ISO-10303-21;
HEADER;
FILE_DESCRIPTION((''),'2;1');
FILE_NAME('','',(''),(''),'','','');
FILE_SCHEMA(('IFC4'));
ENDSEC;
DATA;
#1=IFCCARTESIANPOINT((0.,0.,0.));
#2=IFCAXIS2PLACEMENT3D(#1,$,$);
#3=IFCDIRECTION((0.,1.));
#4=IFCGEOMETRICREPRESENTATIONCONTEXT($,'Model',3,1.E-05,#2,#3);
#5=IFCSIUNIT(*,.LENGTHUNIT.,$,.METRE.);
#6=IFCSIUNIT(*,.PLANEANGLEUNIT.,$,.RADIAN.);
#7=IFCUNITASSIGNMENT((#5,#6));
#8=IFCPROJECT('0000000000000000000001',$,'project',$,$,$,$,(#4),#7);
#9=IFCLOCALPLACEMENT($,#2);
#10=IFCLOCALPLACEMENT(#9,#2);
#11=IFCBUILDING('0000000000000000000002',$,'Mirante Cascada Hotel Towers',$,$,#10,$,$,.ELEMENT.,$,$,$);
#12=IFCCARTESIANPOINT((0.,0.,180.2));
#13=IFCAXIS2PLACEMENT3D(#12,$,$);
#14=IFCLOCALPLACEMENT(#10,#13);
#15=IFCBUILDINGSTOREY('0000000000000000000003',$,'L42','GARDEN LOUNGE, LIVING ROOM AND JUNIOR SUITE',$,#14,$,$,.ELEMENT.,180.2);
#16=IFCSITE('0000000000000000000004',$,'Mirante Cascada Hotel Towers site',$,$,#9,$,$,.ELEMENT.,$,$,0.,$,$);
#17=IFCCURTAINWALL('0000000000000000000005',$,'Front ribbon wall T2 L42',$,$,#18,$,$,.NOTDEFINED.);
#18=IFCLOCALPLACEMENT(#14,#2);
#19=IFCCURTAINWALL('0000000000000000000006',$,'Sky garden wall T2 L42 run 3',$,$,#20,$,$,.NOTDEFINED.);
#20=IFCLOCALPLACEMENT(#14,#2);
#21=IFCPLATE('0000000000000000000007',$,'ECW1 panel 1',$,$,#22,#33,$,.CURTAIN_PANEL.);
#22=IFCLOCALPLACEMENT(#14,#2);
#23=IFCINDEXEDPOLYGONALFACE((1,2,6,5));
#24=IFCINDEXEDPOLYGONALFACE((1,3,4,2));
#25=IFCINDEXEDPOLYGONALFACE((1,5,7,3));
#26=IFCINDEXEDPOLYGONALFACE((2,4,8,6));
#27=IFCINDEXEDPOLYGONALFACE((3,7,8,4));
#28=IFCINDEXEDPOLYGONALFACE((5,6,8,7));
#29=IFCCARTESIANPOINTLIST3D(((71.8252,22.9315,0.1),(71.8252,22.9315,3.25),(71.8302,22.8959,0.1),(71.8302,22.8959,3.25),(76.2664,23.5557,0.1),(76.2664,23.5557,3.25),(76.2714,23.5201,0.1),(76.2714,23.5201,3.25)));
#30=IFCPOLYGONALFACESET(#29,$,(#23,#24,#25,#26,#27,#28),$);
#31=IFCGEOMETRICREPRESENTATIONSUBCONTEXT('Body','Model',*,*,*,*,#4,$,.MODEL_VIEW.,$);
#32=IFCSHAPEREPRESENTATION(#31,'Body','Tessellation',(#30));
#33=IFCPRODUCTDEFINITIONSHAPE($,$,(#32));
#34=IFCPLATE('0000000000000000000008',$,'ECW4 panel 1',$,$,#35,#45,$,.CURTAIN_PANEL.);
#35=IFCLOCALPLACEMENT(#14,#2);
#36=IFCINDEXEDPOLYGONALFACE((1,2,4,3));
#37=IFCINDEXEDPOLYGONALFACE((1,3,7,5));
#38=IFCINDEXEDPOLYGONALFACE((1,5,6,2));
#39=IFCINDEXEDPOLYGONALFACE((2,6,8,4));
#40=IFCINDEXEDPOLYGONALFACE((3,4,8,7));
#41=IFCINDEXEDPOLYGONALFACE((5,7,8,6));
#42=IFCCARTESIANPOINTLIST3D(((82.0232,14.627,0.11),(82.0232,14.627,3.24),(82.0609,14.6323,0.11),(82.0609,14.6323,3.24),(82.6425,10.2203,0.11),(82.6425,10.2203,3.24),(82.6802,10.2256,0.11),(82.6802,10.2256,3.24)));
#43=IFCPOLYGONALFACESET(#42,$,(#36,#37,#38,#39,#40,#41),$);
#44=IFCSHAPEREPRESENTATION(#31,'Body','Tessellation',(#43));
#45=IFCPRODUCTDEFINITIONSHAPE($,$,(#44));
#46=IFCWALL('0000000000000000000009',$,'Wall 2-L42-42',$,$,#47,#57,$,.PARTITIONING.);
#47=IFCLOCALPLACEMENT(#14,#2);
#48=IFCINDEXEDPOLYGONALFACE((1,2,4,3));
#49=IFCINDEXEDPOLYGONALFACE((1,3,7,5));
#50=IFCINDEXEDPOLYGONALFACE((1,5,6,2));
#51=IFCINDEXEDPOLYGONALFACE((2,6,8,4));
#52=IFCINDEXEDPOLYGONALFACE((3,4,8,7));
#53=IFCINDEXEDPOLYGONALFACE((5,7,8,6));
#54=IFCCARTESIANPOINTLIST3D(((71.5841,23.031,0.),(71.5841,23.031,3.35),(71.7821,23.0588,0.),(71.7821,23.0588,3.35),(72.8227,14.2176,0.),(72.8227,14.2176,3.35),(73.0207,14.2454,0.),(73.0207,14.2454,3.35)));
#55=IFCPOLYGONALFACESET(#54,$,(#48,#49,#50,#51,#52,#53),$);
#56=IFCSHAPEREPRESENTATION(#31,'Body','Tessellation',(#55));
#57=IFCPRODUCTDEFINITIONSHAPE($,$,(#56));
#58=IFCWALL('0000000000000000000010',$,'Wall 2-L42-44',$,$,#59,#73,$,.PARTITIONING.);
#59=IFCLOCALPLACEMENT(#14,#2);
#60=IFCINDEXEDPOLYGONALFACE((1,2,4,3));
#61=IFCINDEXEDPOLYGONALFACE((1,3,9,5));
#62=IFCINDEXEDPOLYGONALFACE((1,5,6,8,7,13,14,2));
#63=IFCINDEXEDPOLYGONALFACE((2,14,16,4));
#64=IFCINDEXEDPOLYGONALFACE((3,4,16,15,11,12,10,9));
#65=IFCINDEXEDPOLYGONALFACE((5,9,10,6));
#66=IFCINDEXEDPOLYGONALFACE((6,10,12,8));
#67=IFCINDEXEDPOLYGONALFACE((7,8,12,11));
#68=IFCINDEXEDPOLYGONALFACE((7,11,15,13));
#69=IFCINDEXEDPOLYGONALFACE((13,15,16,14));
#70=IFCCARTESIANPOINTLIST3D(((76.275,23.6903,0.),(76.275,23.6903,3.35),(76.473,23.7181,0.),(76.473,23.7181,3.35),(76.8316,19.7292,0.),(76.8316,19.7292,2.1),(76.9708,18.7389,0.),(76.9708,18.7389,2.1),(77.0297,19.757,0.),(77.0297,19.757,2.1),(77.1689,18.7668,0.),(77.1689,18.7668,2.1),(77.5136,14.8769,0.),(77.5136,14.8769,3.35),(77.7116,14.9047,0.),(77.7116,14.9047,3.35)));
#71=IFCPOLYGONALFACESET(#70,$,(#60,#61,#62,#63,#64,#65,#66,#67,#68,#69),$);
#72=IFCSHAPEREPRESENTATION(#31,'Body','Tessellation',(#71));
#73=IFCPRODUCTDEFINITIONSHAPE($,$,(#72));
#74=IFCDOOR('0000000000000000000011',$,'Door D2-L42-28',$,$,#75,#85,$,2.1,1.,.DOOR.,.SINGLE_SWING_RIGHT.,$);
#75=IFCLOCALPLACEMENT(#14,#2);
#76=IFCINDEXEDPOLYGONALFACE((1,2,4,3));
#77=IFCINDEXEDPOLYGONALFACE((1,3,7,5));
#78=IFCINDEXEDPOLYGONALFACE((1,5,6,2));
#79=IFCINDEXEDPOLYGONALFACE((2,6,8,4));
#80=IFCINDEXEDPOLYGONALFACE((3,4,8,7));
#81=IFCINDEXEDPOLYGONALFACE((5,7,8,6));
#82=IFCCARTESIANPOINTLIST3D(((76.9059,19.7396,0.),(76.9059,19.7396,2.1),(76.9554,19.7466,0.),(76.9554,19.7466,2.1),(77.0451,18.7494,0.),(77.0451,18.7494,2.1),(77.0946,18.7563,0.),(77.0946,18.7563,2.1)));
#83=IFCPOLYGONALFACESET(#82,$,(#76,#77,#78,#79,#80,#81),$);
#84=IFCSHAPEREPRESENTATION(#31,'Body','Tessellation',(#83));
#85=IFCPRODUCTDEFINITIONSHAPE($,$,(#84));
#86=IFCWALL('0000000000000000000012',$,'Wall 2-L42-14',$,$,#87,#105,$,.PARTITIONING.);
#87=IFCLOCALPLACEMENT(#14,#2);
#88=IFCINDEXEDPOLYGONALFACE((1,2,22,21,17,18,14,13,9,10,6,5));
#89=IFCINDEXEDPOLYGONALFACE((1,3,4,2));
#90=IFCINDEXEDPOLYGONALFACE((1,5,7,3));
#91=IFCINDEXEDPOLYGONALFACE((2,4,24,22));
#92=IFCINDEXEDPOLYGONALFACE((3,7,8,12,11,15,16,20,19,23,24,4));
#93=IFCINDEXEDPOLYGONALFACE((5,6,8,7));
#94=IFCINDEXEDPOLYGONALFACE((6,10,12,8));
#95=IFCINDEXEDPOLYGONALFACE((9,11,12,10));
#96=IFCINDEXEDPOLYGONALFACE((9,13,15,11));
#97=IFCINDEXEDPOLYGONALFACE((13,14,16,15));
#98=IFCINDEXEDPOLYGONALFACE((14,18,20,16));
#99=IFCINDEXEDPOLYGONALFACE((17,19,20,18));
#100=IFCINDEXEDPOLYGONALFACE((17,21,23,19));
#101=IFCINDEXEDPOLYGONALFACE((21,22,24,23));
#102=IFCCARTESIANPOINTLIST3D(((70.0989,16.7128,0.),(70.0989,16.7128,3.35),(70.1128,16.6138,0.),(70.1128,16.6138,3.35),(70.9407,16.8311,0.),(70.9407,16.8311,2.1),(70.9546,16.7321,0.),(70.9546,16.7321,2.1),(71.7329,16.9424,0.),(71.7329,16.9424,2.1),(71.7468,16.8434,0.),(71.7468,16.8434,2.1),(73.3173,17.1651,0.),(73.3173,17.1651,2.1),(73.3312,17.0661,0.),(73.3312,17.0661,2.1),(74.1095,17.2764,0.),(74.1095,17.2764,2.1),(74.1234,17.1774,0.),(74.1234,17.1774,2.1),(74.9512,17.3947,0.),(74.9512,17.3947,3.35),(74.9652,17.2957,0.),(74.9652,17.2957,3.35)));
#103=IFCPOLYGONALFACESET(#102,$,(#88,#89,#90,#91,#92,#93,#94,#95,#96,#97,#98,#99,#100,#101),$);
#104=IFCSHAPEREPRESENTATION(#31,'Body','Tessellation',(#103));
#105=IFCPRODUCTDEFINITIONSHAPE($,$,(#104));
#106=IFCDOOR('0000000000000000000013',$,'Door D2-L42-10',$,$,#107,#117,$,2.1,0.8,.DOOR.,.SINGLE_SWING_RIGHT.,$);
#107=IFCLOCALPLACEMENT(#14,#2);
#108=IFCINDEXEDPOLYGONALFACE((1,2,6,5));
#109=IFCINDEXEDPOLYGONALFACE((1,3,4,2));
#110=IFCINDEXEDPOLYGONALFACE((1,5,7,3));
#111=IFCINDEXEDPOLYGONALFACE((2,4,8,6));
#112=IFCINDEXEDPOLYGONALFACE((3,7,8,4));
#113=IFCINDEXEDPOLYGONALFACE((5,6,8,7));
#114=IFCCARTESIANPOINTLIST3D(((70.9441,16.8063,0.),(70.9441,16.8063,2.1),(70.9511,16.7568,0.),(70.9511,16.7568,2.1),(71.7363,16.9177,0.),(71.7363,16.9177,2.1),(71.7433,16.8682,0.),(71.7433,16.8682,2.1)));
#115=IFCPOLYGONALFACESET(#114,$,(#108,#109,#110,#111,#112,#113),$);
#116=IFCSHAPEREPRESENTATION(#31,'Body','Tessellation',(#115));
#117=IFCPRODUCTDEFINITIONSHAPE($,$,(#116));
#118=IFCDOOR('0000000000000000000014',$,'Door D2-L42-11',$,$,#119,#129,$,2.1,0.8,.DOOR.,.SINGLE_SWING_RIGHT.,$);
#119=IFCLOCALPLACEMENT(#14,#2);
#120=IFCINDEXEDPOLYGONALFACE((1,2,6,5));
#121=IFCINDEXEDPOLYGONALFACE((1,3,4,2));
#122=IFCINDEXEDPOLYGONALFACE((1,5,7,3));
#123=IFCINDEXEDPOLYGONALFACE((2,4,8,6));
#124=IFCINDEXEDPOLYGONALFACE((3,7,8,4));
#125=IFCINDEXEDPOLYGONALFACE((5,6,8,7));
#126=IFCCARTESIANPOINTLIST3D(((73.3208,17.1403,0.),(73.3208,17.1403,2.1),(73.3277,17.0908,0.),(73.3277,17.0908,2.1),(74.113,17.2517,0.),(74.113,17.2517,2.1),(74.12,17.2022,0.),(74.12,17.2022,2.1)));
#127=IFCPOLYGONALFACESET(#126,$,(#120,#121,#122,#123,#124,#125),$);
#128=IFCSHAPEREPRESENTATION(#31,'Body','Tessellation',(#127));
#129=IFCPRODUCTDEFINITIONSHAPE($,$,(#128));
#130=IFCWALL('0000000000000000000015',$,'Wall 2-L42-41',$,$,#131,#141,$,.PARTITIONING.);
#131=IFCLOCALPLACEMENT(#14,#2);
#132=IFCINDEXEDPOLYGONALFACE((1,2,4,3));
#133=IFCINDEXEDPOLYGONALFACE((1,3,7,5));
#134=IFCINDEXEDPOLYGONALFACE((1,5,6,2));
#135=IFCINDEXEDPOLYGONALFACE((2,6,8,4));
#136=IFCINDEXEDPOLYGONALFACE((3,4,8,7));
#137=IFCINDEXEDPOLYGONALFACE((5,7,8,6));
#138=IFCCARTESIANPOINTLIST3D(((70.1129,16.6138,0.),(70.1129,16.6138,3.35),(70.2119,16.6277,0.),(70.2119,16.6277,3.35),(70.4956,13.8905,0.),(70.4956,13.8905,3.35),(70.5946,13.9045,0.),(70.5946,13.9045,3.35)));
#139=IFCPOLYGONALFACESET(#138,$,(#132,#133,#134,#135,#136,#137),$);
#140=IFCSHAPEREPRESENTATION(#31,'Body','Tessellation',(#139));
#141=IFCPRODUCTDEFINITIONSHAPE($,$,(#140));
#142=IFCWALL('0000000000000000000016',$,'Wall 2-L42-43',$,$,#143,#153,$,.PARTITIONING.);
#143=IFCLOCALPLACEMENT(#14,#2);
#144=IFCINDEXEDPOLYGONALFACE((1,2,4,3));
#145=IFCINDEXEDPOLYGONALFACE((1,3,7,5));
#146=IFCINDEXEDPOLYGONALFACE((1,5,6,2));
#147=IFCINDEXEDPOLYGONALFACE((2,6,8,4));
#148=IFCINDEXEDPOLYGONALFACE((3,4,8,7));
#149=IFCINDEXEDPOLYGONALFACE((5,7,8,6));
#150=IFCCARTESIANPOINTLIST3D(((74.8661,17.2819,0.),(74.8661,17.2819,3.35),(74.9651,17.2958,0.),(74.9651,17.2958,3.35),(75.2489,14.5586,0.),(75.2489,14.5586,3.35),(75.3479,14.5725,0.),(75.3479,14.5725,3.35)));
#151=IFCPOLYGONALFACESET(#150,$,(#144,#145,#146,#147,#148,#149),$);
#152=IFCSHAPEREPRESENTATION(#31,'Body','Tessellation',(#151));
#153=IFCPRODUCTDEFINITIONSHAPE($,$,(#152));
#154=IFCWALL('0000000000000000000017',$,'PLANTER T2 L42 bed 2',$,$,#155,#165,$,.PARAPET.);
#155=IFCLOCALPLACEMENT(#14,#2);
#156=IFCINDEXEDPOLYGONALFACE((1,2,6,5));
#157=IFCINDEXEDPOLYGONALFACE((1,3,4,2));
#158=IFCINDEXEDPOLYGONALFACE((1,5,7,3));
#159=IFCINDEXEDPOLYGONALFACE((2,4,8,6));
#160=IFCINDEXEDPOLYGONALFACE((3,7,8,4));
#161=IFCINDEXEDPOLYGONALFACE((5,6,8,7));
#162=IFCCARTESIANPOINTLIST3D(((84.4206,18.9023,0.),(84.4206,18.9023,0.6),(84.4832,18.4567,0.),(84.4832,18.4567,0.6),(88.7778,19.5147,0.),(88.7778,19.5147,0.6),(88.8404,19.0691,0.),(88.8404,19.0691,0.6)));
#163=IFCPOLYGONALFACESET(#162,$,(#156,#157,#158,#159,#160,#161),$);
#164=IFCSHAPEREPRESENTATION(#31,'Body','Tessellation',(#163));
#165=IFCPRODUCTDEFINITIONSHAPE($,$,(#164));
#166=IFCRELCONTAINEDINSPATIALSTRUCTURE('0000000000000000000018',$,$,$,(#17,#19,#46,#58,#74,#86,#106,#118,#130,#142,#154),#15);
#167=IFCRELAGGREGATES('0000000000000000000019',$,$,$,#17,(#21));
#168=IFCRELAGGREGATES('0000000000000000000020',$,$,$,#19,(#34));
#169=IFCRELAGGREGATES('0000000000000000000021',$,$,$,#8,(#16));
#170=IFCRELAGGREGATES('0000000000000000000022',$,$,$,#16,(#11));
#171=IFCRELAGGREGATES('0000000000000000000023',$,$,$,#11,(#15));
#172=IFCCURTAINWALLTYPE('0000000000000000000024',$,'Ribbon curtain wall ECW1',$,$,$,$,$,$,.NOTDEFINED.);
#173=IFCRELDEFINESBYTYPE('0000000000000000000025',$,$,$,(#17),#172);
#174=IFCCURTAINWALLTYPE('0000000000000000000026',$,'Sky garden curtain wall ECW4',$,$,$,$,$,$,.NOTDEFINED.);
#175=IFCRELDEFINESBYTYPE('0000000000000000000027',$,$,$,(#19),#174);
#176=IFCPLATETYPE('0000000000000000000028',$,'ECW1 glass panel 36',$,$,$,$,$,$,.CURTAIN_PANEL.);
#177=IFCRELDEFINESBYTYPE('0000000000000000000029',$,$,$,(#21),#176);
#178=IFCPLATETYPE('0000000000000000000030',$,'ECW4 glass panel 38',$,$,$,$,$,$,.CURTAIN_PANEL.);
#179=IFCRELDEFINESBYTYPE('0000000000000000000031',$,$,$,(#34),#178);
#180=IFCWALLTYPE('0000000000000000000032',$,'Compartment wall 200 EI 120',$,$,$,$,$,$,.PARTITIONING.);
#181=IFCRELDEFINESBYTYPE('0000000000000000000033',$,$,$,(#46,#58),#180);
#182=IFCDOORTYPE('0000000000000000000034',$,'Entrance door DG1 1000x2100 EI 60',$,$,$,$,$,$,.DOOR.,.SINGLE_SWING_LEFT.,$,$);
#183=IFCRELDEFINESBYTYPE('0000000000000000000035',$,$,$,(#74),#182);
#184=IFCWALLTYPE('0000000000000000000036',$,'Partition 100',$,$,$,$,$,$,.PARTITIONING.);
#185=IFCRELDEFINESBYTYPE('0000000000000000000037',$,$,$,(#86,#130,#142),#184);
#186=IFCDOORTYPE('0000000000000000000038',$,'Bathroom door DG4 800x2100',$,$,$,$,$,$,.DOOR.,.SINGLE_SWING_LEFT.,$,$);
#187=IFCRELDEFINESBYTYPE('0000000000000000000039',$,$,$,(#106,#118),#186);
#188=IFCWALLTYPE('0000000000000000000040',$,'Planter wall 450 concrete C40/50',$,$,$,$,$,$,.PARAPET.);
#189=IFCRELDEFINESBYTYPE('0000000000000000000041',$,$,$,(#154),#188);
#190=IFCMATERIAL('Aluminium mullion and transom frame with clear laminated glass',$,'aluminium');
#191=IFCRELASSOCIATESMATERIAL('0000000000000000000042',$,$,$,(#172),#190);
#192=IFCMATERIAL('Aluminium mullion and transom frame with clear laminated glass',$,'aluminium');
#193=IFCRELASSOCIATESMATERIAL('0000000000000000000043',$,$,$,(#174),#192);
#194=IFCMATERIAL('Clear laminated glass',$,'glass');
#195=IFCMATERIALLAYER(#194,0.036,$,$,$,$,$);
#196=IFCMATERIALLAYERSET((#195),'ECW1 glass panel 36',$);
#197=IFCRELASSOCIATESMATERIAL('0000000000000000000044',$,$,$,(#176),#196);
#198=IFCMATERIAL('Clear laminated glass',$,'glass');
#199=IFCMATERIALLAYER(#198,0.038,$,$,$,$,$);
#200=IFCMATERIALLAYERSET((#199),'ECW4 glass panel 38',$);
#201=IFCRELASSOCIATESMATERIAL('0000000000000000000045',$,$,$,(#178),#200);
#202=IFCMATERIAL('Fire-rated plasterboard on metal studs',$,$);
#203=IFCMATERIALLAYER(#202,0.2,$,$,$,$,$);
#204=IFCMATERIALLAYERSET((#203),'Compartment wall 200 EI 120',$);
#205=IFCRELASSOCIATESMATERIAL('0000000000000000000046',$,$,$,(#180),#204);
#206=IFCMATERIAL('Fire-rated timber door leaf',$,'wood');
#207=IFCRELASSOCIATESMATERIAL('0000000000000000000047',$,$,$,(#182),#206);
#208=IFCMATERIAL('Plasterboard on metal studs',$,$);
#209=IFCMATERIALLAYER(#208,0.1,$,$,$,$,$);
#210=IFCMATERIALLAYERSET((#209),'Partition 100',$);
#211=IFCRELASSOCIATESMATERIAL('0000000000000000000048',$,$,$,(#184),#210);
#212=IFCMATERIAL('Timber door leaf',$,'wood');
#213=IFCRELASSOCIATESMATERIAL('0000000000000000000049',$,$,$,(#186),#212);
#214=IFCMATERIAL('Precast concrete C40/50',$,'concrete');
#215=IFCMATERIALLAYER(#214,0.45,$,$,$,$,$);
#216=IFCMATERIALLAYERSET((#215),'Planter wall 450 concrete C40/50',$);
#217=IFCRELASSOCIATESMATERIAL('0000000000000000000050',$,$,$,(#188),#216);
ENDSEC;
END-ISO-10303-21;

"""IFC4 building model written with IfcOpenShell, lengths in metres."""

from ifc_helpers import new_model, si_unit, direction, frame, frame_2d, origin, origin_2d, place, context, subcontext, project, spatial, rectangle, extrude, material, layer, layer_set, type_object, element, fill, aggregate, save


model = new_model("IFC4")

# Units and contexts
model_context = context("Model", 3, precision=1e-05, world=origin(), true_north=direction((0.0, 1.0)))
body_context = subcontext(model_context, "Body", "Model", "MODEL_VIEW")
ifc_project = project(units=[si_unit("LENGTHUNIT", "METRE"), si_unit("PLANEANGLEUNIT", "RADIAN")], contexts=[model_context])

# Site, building, storey
site_placement = place(None, origin())
site = spatial("IfcSite", under=ifc_project, at=site_placement, Name="Mirante Cascada Hotel Towers site", CompositionType="ELEMENT", RefElevation=0.0)
building_placement = place(site_placement, origin())
building = spatial("IfcBuilding", under=site, at=building_placement, Name="Mirante Cascada Hotel Towers", CompositionType="ELEMENT")
storey_placement = place(building_placement, frame((0.0, 0.0, 180.2)))
storey = spatial("IfcBuildingStorey", under=building, at=storey_placement, Name="L42", Description="GARDEN LOUNGE, LIVING ROOM AND JUNIOR SUITE", CompositionType="ELEMENT", Elevation=180.2)

# Curtain walls
ifc_material_1 = material(Name="Aluminium mullion and transom frame with clear laminated glass", Category="aluminium")
curtain_wall_type_1 = type_object("IfcCurtainWallType", Name="Ribbon curtain wall ECW1", PredefinedType="NOTDEFINED", material=ifc_material_1)
curtain_wall_1_placement = place(storey_placement, origin())
curtain_wall_1 = element("IfcCurtainWall", 1, at=curtain_wall_1_placement, inside=storey, type_object=curtain_wall_type_1, Name="Front ribbon wall T2 L42", PredefinedType="NOTDEFINED")
ifc_material_2 = material(Name="Aluminium mullion and transom frame with clear laminated glass", Category="aluminium")
curtain_wall_type_2 = type_object("IfcCurtainWallType", Name="Sky garden curtain wall ECW4", PredefinedType="NOTDEFINED", material=ifc_material_2)
curtain_wall_2_placement = place(storey_placement, origin())
curtain_wall_2 = element("IfcCurtainWall", 2, at=curtain_wall_2_placement, inside=storey, type_object=curtain_wall_type_2, Name="Sky garden wall T2 L42 run 3", PredefinedType="NOTDEFINED")

# Plates
ifc_material_3 = material(Name="Clear laminated glass", Category="glass")
ifc_layer_1 = layer(ifc_material_3, 0.036)
ifc_layer_set_1 = layer_set([ifc_layer_1], Name="ECW1 glass panel 36")
plate_type_1 = type_object("IfcPlateType", Name="ECW1 glass panel 36", PredefinedType="CURTAIN_PANEL", material=ifc_layer_set_1)
plate_1_placement = place(storey_placement, frame((74.0483, 23.2258, 0.1), z_axis=(0.0, 0.0, 1.0), x_axis=(-0.990268, -0.139173, 0.0)))
plate_1 = element("IfcPlate", 3, at=plate_1_placement, type_object=plate_type_1, Name="ECW1 panel 1", PredefinedType="CURTAIN_PANEL", context=body_context, shape_type="SweptSolid", body=[
    extrude(rectangle(XDim=4.4849, YDim=0.036, at=origin_2d()), origin(), (0.0, 0.0, 1.0), 3.15),
])
aggregate(curtain_wall_1, [plate_1])
ifc_material_4 = material(Name="Clear laminated glass", Category="glass")
ifc_layer_2 = layer(ifc_material_4, 0.038)
ifc_layer_set_2 = layer_set([ifc_layer_2], Name="ECW4 glass panel 38")
plate_type_2 = type_object("IfcPlateType", Name="ECW4 glass panel 38", PredefinedType="CURTAIN_PANEL", material=ifc_layer_set_2)
plate_2_placement = place(storey_placement, frame((82.3517, 12.4263, 0.11), z_axis=(0.0, 0.0, 1.0), x_axis=(-0.139173, 0.990268, 0.0)))
plate_2 = element("IfcPlate", 4, at=plate_2_placement, type_object=plate_type_2, Name="ECW4 panel 1", PredefinedType="CURTAIN_PANEL", context=body_context, shape_type="SweptSolid", body=[
    extrude(rectangle(XDim=4.45, YDim=0.038, at=origin_2d()), origin(), (0.0, 0.0, 1.0), 3.13),
])
aggregate(curtain_wall_2, [plate_2])

# Wall
ifc_material_5 = material(Name="Fire-rated plasterboard on metal studs")
ifc_layer_3 = layer(ifc_material_5, 0.2)
ifc_layer_set_3 = layer_set([ifc_layer_3], Name="Compartment wall 200 EI 120")
wall_type_1 = type_object("IfcWallType", Name="Compartment wall 200 EI 120", PredefinedType="PARTITIONING", material=ifc_layer_set_3)
wall_1_placement = place(storey_placement, frame((71.6831, 23.0449, 0.0), z_axis=(0.0, 0.0, 1.0), x_axis=(0.139168, -0.990269, 0.0)))
element("IfcWall", 5, at=wall_1_placement, inside=storey, type_object=wall_type_1, Name="Wall 2-L42-42", PredefinedType="PARTITIONING", context=body_context, shape_type="SweptSolid", body=[
    extrude(rectangle(XDim=8.9, YDim=0.2, at=frame_2d((4.45, 0.0))), origin(), (0.0, 0.0, 1.0), 3.35),
])

# Wall, opening, door
wall_2_placement = place(storey_placement, frame((76.374, 23.7042, 0.0), z_axis=(0.0, 0.0, 1.0), x_axis=(0.139168, -0.990269, 0.0)))
wall_2 = element("IfcWall", 6, at=wall_2_placement, inside=storey, type_object=wall_type_1, Name="Wall 2-L42-44", PredefinedType="PARTITIONING", context=body_context, shape_type="SweptSolid", body=[
    extrude(rectangle(XDim=8.9, YDim=0.2, at=frame_2d((4.45, 0.0))), origin(), (0.0, 0.0, 1.0), 3.35),
])
opening_1_placement = place(wall_2_placement, frame((4.0, 0.0, 0.0)))
opening_1 = element("IfcOpeningElement", 7, at=opening_1_placement, cuts=wall_2, PredefinedType="OPENING", context=body_context, shape_type="SweptSolid", body=[
    extrude(rectangle(XDim=1.0, YDim=2.1, at=frame_2d((0.5, 1.05))), frame((0.0, 0.1, 0.0), z_axis=(0.0, -1.0, 0.0), x_axis=(1.0, 0.0, 0.0)), (0.0, 0.0, 1.0), 0.2),
])
ifc_material_6 = material(Name="Fire-rated timber door leaf", Category="wood")
door_type_1 = type_object("IfcDoorType", Name="Entrance door DG1 1000x2100 EI 60", OperationType="SINGLE_SWING_LEFT", PredefinedType="DOOR", material=ifc_material_6)
door_1_placement = place(opening_1_placement, frame((1.0, 0.0, 0.0), z_axis=(0.0, 0.0, 1.0), x_axis=(-1.0, 0.0, 0.0)))
door_1 = element("IfcDoor", 8, at=door_1_placement, inside=storey, type_object=door_type_1, Name="Door D2-L42-28", OperationType="SINGLE_SWING_RIGHT", OverallHeight=2.1, OverallWidth=1.0, PredefinedType="DOOR", context=body_context, shape_type="SweptSolid", body=[
    extrude(rectangle(XDim=1.0, YDim=2.1, at=frame_2d((0.5, 1.05))), frame((0.0, 0.025, 0.0), z_axis=(0.0, -1.0, 0.0), x_axis=(1.0, 0.0, 0.0)), (0.0, 0.0, 1.0), 0.05),
])
fill(opening_1, door_1)

# Wall, openings, doors
ifc_material_7 = material(Name="Plasterboard on metal studs")
ifc_layer_4 = layer(ifc_material_7, 0.1)
ifc_layer_set_4 = layer_set([ifc_layer_4], Name="Partition 100")
wall_type_2 = type_object("IfcWallType", Name="Partition 100", PredefinedType="PARTITIONING", material=ifc_layer_set_4)
wall_3_placement = place(storey_placement, frame((74.9582, 17.3452, 0.0), z_axis=(0.0, 0.0, 1.0), x_axis=(-0.990269, -0.139164, 0.0)))
wall_3 = element("IfcWall", 9, at=wall_3_placement, inside=storey, type_object=wall_type_2, Name="Wall 2-L42-14", PredefinedType="PARTITIONING", context=body_context, shape_type="SweptSolid", body=[
    extrude(rectangle(XDim=4.9, YDim=0.1, at=frame_2d((2.45, 0.0))), origin(), (0.0, 0.0, 1.0), 3.35),
])
opening_2_placement = place(wall_3_placement, frame((3.25, 0.0, 0.0)))
opening_2 = element("IfcOpeningElement", 10, at=opening_2_placement, cuts=wall_3, PredefinedType="OPENING", context=body_context, shape_type="SweptSolid", body=[
    extrude(rectangle(XDim=0.8, YDim=2.1, at=frame_2d((0.4, 1.05))), frame((0.0, 0.05, 0.0), z_axis=(0.0, -1.0, 0.0), x_axis=(1.0, 0.0, 0.0)), (0.0, 0.0, 1.0), 0.1),
])
opening_3_placement = place(wall_3_placement, frame((0.85, 0.0, 0.0)))
opening_3 = element("IfcOpeningElement", 11, at=opening_3_placement, cuts=wall_3, PredefinedType="OPENING", context=body_context, shape_type="SweptSolid", body=[
    extrude(rectangle(XDim=0.8, YDim=2.1, at=frame_2d((0.4, 1.05))), frame((0.0, 0.05, 0.0), z_axis=(0.0, -1.0, 0.0), x_axis=(1.0, 0.0, 0.0)), (0.0, 0.0, 1.0), 0.1),
])
ifc_material_8 = material(Name="Timber door leaf", Category="wood")
door_type_2 = type_object("IfcDoorType", Name="Bathroom door DG4 800x2100", OperationType="SINGLE_SWING_LEFT", PredefinedType="DOOR", material=ifc_material_8)
door_2_placement = place(opening_2_placement, frame((0.8, 0.0, 0.0), z_axis=(0.0, 0.0, 1.0), x_axis=(-1.0, 0.0, 0.0)))
door_2 = element("IfcDoor", 12, at=door_2_placement, inside=storey, type_object=door_type_2, Name="Door D2-L42-10", OperationType="SINGLE_SWING_RIGHT", OverallHeight=2.1, OverallWidth=0.8, PredefinedType="DOOR", context=body_context, shape_type="SweptSolid", body=[
    extrude(rectangle(XDim=0.8, YDim=2.1, at=frame_2d((0.4, 1.05))), frame((0.0, 0.025, 0.0), z_axis=(0.0, -1.0, 0.0), x_axis=(1.0, 0.0, 0.0)), (0.0, 0.0, 1.0), 0.05),
])
fill(opening_2, door_2)
door_3_placement = place(opening_3_placement, frame((0.8, 0.0, 0.0), z_axis=(0.0, 0.0, 1.0), x_axis=(-1.0, 0.0, 0.0)))
door_3 = element("IfcDoor", 13, at=door_3_placement, inside=storey, type_object=door_type_2, Name="Door D2-L42-11", OperationType="SINGLE_SWING_RIGHT", OverallHeight=2.1, OverallWidth=0.8, PredefinedType="DOOR", context=body_context, shape_type="SweptSolid", body=[
    extrude(rectangle(XDim=0.8, YDim=2.1, at=frame_2d((0.4, 1.05))), frame((0.0, 0.025, 0.0), z_axis=(0.0, -1.0, 0.0), x_axis=(1.0, 0.0, 0.0)), (0.0, 0.0, 1.0), 0.05),
])
fill(opening_3, door_3)

# Walls
wall_4_placement = place(storey_placement, frame((70.5451, 13.8975, 0.0), z_axis=(0.0, 0.0, 1.0), x_axis=(-0.139166, 0.990269, 0.0)))
element("IfcWall", 14, at=wall_4_placement, inside=storey, type_object=wall_type_2, Name="Wall 2-L42-41", PredefinedType="PARTITIONING", context=body_context, shape_type="SweptSolid", body=[
    extrude(rectangle(XDim=2.75, YDim=0.1, at=frame_2d((1.375, 0.0))), origin(), (0.0, 0.0, 1.0), 3.35),
])
wall_5_placement = place(storey_placement, frame((75.2984, 14.5655, 0.0), z_axis=(0.0, 0.0, 1.0), x_axis=(-0.139196, 0.990265, 0.0)))
element("IfcWall", 15, at=wall_5_placement, inside=storey, type_object=wall_type_2, Name="Wall 2-L42-43", PredefinedType="PARTITIONING", context=body_context, shape_type="SweptSolid", body=[
    extrude(rectangle(XDim=2.7501, YDim=0.1, at=frame_2d((1.3751, 0.0))), origin(), (0.0, 0.0, 1.0), 3.35),
])
ifc_material_9 = material(Name="Precast concrete C40/50", Category="concrete")
ifc_layer_5 = layer(ifc_material_9, 0.45)
ifc_layer_set_5 = layer_set([ifc_layer_5], Name="Planter wall 450 concrete C40/50")
wall_type_3 = type_object("IfcWallType", Name="Planter wall 450 concrete C40/50", PredefinedType="PARAPET", material=ifc_layer_set_5)
wall_6_placement = place(storey_placement, frame((84.4519, 18.6795, 0.0), z_axis=(0.0, 0.0, 1.0), x_axis=(0.990267, 0.139181, 0.0)))
element("IfcWall", 16, at=wall_6_placement, inside=storey, type_object=wall_type_3, Name="PLANTER T2 L42 bed 2", PredefinedType="PARAPET", context=body_context, shape_type="SweptSolid", body=[
    extrude(rectangle(XDim=4.4, YDim=0.45, at=frame_2d((2.2, 0.0))), origin(), (0.0, 0.0, 1.0), 0.6),
])

save(model, "model.ifc")
